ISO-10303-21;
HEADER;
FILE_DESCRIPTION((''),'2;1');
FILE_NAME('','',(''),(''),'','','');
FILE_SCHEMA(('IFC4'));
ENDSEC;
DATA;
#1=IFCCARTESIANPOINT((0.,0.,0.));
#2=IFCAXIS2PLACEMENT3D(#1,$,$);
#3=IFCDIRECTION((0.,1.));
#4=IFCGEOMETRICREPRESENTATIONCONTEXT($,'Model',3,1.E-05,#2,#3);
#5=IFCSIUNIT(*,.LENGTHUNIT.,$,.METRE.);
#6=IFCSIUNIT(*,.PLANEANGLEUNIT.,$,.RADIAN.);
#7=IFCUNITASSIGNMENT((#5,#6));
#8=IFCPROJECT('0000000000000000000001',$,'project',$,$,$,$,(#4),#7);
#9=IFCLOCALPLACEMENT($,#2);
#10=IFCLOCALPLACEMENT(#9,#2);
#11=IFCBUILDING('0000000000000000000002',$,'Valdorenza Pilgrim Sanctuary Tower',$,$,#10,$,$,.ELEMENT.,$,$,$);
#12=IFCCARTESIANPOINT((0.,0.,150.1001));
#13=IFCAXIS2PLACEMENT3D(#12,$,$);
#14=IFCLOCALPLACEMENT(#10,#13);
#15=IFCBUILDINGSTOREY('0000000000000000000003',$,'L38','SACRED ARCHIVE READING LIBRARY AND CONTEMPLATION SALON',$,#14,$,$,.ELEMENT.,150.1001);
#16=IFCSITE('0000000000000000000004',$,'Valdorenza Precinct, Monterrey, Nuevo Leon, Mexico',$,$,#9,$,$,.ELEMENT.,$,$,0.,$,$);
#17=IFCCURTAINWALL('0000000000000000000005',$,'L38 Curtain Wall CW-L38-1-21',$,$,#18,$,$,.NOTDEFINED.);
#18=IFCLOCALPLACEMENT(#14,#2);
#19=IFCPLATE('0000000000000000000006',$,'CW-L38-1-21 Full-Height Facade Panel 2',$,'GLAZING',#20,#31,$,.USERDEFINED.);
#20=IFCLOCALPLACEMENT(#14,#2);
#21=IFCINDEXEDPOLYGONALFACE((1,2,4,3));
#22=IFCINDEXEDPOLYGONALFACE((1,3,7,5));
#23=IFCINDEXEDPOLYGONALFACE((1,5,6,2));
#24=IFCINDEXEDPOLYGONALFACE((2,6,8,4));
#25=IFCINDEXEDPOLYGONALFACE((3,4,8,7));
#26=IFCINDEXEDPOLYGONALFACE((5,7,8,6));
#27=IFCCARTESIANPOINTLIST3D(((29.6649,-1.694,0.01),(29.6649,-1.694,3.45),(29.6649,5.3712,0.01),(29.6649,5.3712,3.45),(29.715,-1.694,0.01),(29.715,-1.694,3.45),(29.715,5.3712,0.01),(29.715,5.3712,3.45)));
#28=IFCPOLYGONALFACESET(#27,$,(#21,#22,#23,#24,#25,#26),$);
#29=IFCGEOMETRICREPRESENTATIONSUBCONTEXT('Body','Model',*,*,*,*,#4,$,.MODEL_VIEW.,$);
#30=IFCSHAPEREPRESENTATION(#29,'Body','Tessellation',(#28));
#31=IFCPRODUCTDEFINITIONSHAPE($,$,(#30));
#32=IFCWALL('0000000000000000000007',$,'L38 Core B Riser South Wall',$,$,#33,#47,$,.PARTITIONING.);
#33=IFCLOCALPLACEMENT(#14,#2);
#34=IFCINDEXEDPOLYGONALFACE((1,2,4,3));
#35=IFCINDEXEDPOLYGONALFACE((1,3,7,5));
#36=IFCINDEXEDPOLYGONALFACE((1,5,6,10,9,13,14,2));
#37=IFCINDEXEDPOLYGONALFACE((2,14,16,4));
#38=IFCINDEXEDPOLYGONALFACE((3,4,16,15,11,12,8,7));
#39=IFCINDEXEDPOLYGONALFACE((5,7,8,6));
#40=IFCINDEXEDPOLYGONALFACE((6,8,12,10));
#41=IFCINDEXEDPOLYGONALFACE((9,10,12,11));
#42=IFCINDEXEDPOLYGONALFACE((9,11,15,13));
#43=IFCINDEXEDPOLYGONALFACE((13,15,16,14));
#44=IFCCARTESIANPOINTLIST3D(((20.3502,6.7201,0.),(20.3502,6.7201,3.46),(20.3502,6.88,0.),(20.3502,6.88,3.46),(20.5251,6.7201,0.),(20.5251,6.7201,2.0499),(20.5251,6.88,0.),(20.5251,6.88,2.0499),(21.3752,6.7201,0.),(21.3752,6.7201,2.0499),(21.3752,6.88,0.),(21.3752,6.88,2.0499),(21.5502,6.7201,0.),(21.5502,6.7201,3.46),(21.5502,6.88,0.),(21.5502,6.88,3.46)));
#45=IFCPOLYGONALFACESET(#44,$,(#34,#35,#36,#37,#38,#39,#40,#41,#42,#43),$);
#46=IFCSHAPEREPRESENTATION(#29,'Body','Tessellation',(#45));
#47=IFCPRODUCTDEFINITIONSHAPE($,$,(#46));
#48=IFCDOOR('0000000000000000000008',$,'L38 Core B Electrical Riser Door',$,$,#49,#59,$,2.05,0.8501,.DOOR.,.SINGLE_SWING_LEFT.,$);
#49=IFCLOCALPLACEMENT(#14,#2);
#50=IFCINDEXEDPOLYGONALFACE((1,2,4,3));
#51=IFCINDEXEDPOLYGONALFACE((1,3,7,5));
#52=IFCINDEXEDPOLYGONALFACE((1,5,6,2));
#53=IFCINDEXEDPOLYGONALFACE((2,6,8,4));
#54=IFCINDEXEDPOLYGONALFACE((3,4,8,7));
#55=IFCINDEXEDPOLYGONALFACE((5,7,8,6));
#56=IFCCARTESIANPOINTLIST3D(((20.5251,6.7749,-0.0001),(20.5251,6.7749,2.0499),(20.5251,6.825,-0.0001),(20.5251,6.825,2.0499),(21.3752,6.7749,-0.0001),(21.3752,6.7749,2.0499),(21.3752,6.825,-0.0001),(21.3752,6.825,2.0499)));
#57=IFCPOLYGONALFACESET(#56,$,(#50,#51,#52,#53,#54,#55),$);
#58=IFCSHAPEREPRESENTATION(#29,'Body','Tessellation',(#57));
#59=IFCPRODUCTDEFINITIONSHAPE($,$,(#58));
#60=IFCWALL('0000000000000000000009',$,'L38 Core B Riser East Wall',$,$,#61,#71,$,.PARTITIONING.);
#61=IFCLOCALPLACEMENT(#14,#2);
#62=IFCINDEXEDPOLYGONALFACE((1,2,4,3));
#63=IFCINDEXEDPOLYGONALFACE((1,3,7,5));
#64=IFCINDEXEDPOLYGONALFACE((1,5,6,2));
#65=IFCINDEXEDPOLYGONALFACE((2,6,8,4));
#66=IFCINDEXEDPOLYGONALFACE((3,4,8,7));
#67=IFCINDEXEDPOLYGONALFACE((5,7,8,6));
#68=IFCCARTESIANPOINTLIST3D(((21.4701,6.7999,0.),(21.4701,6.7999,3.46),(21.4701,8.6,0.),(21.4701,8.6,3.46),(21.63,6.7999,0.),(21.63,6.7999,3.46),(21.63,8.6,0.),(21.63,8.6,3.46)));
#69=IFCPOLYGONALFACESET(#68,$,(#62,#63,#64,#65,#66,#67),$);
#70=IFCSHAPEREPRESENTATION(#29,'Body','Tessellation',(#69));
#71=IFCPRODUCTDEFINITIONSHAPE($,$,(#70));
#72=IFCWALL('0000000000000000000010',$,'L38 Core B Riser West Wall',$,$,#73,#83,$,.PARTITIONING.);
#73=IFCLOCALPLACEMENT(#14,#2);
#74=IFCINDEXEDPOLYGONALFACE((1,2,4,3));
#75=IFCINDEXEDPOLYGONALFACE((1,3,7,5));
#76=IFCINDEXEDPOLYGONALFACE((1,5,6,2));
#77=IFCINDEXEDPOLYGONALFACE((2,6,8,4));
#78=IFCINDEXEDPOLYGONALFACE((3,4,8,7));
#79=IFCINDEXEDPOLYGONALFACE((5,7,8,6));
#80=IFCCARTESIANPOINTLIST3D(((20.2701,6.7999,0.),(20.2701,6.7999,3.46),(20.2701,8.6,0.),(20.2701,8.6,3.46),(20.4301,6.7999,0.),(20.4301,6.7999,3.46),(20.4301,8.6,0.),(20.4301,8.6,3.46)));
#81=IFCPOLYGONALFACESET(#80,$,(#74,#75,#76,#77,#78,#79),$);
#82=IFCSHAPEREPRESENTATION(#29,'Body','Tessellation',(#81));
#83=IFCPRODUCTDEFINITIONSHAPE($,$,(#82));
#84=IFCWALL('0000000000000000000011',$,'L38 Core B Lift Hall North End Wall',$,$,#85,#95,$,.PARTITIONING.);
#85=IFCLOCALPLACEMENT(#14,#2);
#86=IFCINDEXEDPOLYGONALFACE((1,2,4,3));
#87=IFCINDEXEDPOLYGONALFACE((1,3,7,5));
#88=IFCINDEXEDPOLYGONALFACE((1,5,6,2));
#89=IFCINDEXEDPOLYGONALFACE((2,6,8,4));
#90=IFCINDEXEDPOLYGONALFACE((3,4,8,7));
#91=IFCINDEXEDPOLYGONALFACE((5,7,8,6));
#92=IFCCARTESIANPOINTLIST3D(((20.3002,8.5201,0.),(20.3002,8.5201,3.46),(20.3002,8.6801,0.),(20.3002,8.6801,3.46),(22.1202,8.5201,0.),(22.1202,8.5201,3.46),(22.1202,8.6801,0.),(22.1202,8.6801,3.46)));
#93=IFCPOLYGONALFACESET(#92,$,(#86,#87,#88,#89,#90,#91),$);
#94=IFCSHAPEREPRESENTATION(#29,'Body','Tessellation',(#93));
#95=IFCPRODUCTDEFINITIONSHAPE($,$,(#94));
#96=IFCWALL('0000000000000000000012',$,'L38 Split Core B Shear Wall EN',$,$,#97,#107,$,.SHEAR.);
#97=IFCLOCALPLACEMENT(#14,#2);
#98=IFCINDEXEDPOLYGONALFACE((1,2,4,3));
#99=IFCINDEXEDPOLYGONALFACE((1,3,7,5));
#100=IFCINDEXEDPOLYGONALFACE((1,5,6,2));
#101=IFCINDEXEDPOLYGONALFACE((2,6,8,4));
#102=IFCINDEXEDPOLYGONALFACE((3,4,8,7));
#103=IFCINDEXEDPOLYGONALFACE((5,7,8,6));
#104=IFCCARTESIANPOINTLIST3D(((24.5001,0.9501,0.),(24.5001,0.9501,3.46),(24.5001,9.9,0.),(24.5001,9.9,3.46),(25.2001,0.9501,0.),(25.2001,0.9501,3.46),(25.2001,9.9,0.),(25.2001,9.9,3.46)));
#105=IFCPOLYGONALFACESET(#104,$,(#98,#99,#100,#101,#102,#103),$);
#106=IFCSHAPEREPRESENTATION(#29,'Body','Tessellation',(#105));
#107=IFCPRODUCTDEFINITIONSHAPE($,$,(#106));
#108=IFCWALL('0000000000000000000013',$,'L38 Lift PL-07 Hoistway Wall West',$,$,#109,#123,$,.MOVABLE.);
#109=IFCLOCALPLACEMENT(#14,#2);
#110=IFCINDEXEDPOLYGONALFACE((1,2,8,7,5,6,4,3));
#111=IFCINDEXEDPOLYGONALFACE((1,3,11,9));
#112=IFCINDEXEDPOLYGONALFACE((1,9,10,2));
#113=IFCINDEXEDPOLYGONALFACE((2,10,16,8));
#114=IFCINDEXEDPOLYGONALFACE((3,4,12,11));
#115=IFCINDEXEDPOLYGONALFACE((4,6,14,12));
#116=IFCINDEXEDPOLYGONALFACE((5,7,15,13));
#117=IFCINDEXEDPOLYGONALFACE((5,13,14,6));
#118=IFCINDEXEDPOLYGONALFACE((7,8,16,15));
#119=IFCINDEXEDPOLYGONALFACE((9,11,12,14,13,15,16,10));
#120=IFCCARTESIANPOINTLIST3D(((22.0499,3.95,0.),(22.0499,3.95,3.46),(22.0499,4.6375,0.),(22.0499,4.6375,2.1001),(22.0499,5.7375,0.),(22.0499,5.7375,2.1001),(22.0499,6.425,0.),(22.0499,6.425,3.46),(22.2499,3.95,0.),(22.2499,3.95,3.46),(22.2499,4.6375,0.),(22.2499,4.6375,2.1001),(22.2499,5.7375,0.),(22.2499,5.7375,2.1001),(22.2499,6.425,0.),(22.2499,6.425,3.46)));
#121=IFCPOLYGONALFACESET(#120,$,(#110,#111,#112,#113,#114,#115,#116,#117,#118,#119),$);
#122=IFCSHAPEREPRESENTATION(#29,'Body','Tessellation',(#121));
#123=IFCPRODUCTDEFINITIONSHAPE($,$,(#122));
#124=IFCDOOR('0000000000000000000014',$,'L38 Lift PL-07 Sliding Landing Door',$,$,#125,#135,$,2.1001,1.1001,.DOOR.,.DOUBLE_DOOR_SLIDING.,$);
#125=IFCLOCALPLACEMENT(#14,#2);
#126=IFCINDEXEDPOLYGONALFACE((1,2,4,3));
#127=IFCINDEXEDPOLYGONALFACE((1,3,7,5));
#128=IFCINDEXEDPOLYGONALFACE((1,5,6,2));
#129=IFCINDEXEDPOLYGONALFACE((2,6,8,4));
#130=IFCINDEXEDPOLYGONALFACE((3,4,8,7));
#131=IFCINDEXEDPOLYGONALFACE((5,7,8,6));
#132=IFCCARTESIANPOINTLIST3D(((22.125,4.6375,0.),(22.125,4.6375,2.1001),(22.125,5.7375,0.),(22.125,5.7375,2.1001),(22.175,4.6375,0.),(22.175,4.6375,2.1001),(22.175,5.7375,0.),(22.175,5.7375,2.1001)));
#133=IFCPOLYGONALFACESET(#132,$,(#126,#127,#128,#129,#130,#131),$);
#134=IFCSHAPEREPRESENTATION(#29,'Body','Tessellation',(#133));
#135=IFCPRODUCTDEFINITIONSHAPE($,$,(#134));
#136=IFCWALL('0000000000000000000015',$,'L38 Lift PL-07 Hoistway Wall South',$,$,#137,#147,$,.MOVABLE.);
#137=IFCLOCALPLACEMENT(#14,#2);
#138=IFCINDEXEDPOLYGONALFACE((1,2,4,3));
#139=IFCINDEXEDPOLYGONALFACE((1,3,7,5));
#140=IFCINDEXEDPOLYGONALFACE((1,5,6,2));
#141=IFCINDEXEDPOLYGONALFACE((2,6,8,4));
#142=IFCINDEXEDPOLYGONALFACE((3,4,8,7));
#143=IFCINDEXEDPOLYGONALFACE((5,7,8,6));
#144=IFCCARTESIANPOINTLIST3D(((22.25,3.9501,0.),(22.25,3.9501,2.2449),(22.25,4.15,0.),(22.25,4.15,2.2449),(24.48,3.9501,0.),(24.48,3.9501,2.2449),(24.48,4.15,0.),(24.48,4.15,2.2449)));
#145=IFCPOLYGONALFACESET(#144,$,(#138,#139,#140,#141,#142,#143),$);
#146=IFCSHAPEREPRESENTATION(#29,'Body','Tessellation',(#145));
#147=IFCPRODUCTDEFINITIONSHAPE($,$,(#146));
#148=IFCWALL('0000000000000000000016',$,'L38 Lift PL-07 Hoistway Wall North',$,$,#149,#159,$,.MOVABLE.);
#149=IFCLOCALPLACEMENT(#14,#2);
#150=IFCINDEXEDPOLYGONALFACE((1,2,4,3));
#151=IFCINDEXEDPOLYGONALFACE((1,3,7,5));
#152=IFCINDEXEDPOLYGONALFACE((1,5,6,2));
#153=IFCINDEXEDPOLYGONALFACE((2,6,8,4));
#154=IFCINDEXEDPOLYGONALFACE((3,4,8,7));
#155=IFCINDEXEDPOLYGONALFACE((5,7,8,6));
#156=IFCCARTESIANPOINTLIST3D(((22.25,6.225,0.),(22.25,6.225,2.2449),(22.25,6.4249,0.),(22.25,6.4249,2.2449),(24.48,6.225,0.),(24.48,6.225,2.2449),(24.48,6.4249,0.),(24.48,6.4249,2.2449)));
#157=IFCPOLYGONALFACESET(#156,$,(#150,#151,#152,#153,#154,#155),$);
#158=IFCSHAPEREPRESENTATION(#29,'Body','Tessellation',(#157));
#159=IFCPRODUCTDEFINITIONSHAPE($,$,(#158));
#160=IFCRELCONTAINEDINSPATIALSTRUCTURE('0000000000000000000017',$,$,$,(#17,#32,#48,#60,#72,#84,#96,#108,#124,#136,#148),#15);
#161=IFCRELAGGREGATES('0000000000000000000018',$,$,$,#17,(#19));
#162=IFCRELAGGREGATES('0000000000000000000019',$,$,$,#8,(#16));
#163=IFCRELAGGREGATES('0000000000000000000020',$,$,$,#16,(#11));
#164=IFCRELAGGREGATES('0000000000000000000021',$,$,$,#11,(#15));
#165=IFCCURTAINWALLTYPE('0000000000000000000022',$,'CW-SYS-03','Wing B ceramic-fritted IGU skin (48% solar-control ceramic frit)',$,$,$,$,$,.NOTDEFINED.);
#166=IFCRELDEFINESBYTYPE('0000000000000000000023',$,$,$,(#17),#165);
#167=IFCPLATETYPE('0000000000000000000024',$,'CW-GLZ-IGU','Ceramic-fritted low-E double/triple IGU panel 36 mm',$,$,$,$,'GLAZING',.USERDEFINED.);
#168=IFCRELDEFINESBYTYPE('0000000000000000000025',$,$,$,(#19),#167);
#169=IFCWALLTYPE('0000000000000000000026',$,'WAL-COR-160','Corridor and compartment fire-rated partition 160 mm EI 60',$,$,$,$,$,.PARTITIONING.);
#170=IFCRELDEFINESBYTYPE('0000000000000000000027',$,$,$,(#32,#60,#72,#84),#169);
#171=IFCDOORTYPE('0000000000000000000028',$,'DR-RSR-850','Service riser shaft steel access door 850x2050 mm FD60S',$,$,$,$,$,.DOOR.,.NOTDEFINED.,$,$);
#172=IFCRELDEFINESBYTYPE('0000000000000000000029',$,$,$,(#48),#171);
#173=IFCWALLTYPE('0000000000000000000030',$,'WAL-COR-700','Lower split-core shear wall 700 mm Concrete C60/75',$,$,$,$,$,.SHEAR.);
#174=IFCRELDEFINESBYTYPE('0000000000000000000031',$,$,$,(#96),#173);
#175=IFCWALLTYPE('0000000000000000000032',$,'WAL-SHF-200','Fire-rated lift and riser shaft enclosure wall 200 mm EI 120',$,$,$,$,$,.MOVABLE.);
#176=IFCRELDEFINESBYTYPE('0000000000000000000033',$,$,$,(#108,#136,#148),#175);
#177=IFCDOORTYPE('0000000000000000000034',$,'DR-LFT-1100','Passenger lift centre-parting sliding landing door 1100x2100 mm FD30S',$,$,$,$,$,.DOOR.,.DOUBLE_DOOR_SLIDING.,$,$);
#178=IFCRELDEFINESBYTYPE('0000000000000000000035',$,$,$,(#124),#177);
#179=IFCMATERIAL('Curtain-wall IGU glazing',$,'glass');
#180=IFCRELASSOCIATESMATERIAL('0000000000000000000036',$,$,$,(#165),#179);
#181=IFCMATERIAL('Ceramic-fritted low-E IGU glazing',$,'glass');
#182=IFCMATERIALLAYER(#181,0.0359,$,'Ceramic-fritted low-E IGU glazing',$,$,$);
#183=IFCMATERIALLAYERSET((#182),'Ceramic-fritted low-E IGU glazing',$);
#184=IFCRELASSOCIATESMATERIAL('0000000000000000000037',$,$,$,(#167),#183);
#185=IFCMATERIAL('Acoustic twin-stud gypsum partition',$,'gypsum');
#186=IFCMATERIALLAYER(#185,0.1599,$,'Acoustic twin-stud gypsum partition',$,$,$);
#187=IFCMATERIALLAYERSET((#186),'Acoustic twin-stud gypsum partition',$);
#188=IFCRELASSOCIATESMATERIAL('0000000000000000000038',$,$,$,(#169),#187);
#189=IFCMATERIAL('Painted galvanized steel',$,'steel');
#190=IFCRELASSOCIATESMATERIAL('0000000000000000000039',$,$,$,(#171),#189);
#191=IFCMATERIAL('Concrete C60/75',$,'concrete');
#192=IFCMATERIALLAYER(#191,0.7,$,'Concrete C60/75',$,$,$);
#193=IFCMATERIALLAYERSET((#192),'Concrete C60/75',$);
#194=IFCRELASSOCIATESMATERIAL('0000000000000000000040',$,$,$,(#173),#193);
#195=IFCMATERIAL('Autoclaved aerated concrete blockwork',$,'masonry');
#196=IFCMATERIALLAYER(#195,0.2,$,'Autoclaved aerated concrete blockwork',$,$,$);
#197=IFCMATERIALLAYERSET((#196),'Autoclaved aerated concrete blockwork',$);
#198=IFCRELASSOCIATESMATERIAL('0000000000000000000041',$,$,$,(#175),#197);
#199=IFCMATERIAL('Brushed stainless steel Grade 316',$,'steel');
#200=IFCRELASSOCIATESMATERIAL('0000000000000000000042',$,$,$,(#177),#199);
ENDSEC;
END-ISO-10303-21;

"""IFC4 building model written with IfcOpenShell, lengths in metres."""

from ifc_helpers import new_model, si_unit, direction, frame, frame_2d, origin, origin_2d, place, context, subcontext, project, spatial, rectangle, extrude, source, transform, mapped, material, layer, layer_set, type_object, element, fill, aggregate, save


model = new_model("IFC4")

# Units and contexts
model_context = context("Model", 3, precision=1e-05, world=origin(), true_north=direction((0.0, 1.0)))
body_context = subcontext(model_context, "Body", "Model", "MODEL_VIEW")
ifc_project = project(units=[si_unit("LENGTHUNIT", "METRE"), si_unit("PLANEANGLEUNIT", "RADIAN")], contexts=[model_context])

# Site, building, storey
site_placement = place(None, origin())
site = spatial("IfcSite", under=ifc_project, at=site_placement, Name="Valdorenza Precinct, Monterrey, Nuevo Leon, Mexico", CompositionType="ELEMENT", RefElevation=0.0)
building_placement = place(site_placement, origin())
building = spatial("IfcBuilding", under=site, at=building_placement, Name="Valdorenza Pilgrim Sanctuary Tower", CompositionType="ELEMENT")
storey_placement = place(building_placement, frame((0.0, 0.0, 150.1001)))
storey = spatial("IfcBuildingStorey", under=building, at=storey_placement, Name="L38", Description="SACRED ARCHIVE READING LIBRARY AND CONTEMPLATION SALON", CompositionType="ELEMENT", Elevation=150.1001)

# Curtain wall, plate
ifc_material_1 = material(Name="Curtain-wall IGU glazing", Category="glass")
curtain_wall_type = type_object("IfcCurtainWallType", Name="CW-SYS-03", Description="Wing B ceramic-fritted IGU skin (48% solar-control ceramic frit)", PredefinedType="NOTDEFINED", material=ifc_material_1)
curtain_wall_placement = place(storey_placement, origin())
curtain_wall = element("IfcCurtainWall", 1, at=curtain_wall_placement, inside=storey, type_object=curtain_wall_type, Name="L38 Curtain Wall CW-L38-1-21", PredefinedType="NOTDEFINED")
ifc_material_2 = material(Name="Ceramic-fritted low-E IGU glazing", Category="glass")
ifc_layer_1 = layer(ifc_material_2, 0.0359, Name="Ceramic-fritted low-E IGU glazing")
ifc_layer_set_1 = layer_set([ifc_layer_1], Name="Ceramic-fritted low-E IGU glazing")
plate_type_1 = type_object("IfcPlateType", Name="CW-GLZ-IGU", Description="Ceramic-fritted low-E double/triple IGU panel 36 mm", ElementType="GLAZING", PredefinedType="USERDEFINED", material=ifc_layer_set_1)
shared_shape_1 = source(origin(), body_context, "Body", "SweptSolid", [
    extrude(rectangle(XDim=7.0652, YDim=0.05, at=origin_2d()), origin(), (0.0, 0.0, 1.0), 3.4399),
])
plate_1_placement = place(storey_placement, frame((29.6899, 1.8386, 0.01), z_axis=(0.0, 0.0, 1.0), x_axis=(0.0, -1.0, 0.0)))
plate_1 = element("IfcPlate", 2, at=plate_1_placement, type_object=plate_type_1, Name="CW-L38-1-21 Full-Height Facade Panel 2", ObjectType="GLAZING", PredefinedType="USERDEFINED", context=body_context, shape_type="MappedRepresentation", body=[
    mapped(shared_shape_1, transform((0.0, 0.0, 0.0), x_axis=(1.0, 0.0, 0.0), y_axis=(0.0, 1.0, 0.0), z_axis=(0.0, 0.0, 1.0), scale=1.0)),
])
aggregate(curtain_wall, [plate_1])

# Wall, opening, door
ifc_material_3 = material(Name="Acoustic twin-stud gypsum partition", Category="gypsum")
ifc_layer_2 = layer(ifc_material_3, 0.1599, Name="Acoustic twin-stud gypsum partition")
ifc_layer_set_2 = layer_set([ifc_layer_2], Name="Acoustic twin-stud gypsum partition")
wall_type_1 = type_object("IfcWallType", Name="WAL-COR-160", Description="Corridor and compartment fire-rated partition 160 mm EI 60", PredefinedType="PARTITIONING", material=ifc_layer_set_2)
wall_1_placement = place(storey_placement, frame((20.3501, 6.8, 0.0), z_axis=(0.0, 0.0, 1.0), x_axis=(1.0, 0.0, 0.0)))
wall_1 = element("IfcWall", 3, at=wall_1_placement, inside=storey, type_object=wall_type_1, Name="L38 Core B Riser South Wall", PredefinedType="PARTITIONING", context=body_context, shape_type="SweptSolid", body=[
    extrude(rectangle(XDim=1.2, YDim=0.1599, at=frame_2d((0.6001, 0.0))), origin(), (0.0, 0.0, 1.0), 3.46),
])
opening_1_placement = place(wall_1_placement, frame((0.175, 0.0, 0.0)))
opening_1 = element("IfcOpeningElement", 4, at=opening_1_placement, cuts=wall_1, PredefinedType="OPENING", context=body_context, shape_type="SweptSolid", body=[
    extrude(rectangle(XDim=0.8501, YDim=2.05, at=frame_2d((0.425, 1.0249))), frame((0.0, 0.0947, 0.0), z_axis=(0.0, -1.0, 0.0), x_axis=(1.0, 0.0, 0.0)), (0.0, 0.0, 1.0), 0.1897),
])
ifc_material_4 = material(Name="Painted galvanized steel", Category="steel")
door_type_1 = type_object("IfcDoorType", Name="DR-RSR-850", Description="Service riser shaft steel access door 850x2050 mm FD60S", OperationType="NOTDEFINED", PredefinedType="DOOR", material=ifc_material_4)
door_1_placement = place(opening_1_placement, origin())
door_1 = element("IfcDoor", 5, at=door_1_placement, inside=storey, type_object=door_type_1, Name="L38 Core B Electrical Riser Door", OperationType="SINGLE_SWING_LEFT", OverallHeight=2.05, OverallWidth=0.8501, PredefinedType="DOOR", context=body_context, shape_type="SweptSolid", body=[
    extrude(rectangle(XDim=0.8501, YDim=2.05, at=frame_2d((0.425, 1.0249))), frame((0.0, 0.0249, 0.0), z_axis=(0.0, -1.0, 0.0), x_axis=(1.0, 0.0, 0.0)), (0.0, 0.0, 1.0), 0.05),
])
fill(opening_1, door_1)

# Walls
for number, where, z_axis, x_axis, name in (
    (6, (21.55, 6.8, 0.0), (0.0, 0.0, 1.0), (0.0, 1.0, 0.0), "L38 Core B Riser East Wall"),
    (7, (20.3501, 6.8, 0.0), (0.0, 0.0, 1.0), (0.0, 1.0, 0.0), "L38 Core B Riser West Wall"),
):
    element("IfcWall", number, at=place(storey_placement, frame(where, z_axis=z_axis, x_axis=x_axis)), inside=storey, type_object=wall_type_1, Name=name, PredefinedType="PARTITIONING", context=body_context, shape_type="SweptSolid", body=[
        extrude(rectangle(XDim=1.8, YDim=0.1599, at=frame_2d((0.8999, 0.0))), origin(), (0.0, 0.0, 1.0), 3.46),
    ])
wall_2_placement = place(storey_placement, frame((20.3, 8.6001, 0.0), z_axis=(0.0, 0.0, 1.0), x_axis=(1.0, 0.0, 0.0)))
element("IfcWall", 8, at=wall_2_placement, inside=storey, type_object=wall_type_1, Name="L38 Core B Lift Hall North End Wall", PredefinedType="PARTITIONING", context=body_context, shape_type="SweptSolid", body=[
    extrude(rectangle(XDim=1.8201, YDim=0.1599, at=frame_2d((0.9102, 0.0))), origin(), (0.0, 0.0, 1.0), 3.46),
])
ifc_material_5 = material(Name="Concrete C60/75", Category="concrete")
ifc_layer_3 = layer(ifc_material_5, 0.7, Name="Concrete C60/75")
ifc_layer_set_3 = layer_set([ifc_layer_3], Name="Concrete C60/75")
wall_type_2 = type_object("IfcWallType", Name="WAL-COR-700", Description="Lower split-core shear wall 700 mm Concrete C60/75", PredefinedType="SHEAR", material=ifc_layer_set_3)
wall_3_placement = place(storey_placement, frame((24.8501, 0.95, 0.0), z_axis=(0.0, 0.0, 1.0), x_axis=(0.0, 1.0, 0.0)))
element("IfcWall", 9, at=wall_3_placement, inside=storey, type_object=wall_type_2, Name="L38 Split Core B Shear Wall EN", PredefinedType="SHEAR", context=body_context, shape_type="SweptSolid", body=[
    extrude(rectangle(XDim=8.95, YDim=0.7, at=frame_2d((4.4751, 0.0))), origin(), (0.0, 0.0, 1.0), 3.46),
])

# Wall, opening, door
ifc_material_6 = material(Name="Autoclaved aerated concrete blockwork", Category="masonry")
ifc_layer_4 = layer(ifc_material_6, 0.2, Name="Autoclaved aerated concrete blockwork")
ifc_layer_set_4 = layer_set([ifc_layer_4], Name="Autoclaved aerated concrete blockwork")
wall_type_3 = type_object("IfcWallType", Name="WAL-SHF-200", Description="Fire-rated lift and riser shaft enclosure wall 200 mm EI 120", PredefinedType="MOVABLE", material=ifc_layer_set_4)
wall_4_placement = place(storey_placement, frame((22.1499, 3.95, 0.0), z_axis=(0.0, 0.0, 1.0), x_axis=(0.0, 1.0, 0.0)))
wall_4 = element("IfcWall", 10, at=wall_4_placement, inside=storey, type_object=wall_type_3, Name="L38 Lift PL-07 Hoistway Wall West", PredefinedType="MOVABLE", context=body_context, shape_type="SweptSolid", body=[
    extrude(rectangle(XDim=2.4751, YDim=0.2, at=frame_2d((1.2375, 0.0))), origin(), (0.0, 0.0, 1.0), 3.46),
])
opening_2_placement = place(wall_4_placement, frame((0.6875, 0.0, 0.0)))
opening_2 = element("IfcOpeningElement", 11, at=opening_2_placement, cuts=wall_4, PredefinedType="OPENING", context=body_context, shape_type="SweptSolid", body=[
    extrude(rectangle(XDim=1.1001, YDim=2.1001, at=frame_2d((0.55, 1.05))), frame((0.0, 0.1147, 0.0), z_axis=(0.0, -1.0, 0.0), x_axis=(1.0, 0.0, 0.0)), (0.0, 0.0, 1.0), 0.2297),
])
ifc_material_7 = material(Name="Brushed stainless steel Grade 316", Category="steel")
door_type_2 = type_object("IfcDoorType", Name="DR-LFT-1100", Description="Passenger lift centre-parting sliding landing door 1100x2100 mm FD30S", OperationType="DOUBLE_DOOR_SLIDING", PredefinedType="DOOR", material=ifc_material_7)
door_2_placement = place(opening_2_placement, origin())
door_2 = element("IfcDoor", 12, at=door_2_placement, inside=storey, type_object=door_type_2, Name="L38 Lift PL-07 Sliding Landing Door", OperationType="DOUBLE_DOOR_SLIDING", OverallHeight=2.1001, OverallWidth=1.1001, PredefinedType="DOOR", context=body_context, shape_type="SweptSolid", body=[
    extrude(rectangle(XDim=1.1001, YDim=2.1001, at=frame_2d((0.55, 1.05))), frame((0.0, 0.0249, 0.0), z_axis=(0.0, -1.0, 0.0), x_axis=(1.0, 0.0, 0.0)), (0.0, 0.0, 1.0), 0.05),
])
fill(opening_2, door_2)

# Walls
for number, where, z_axis, x_axis, name in (
    (13, (22.25, 4.05, 0.0), (0.0, 0.0, 1.0), (1.0, 0.0, 0.0), "L38 Lift PL-07 Hoistway Wall South"),
    (14, (22.25, 6.325, 0.0), (0.0, 0.0, 1.0), (1.0, 0.0, 0.0), "L38 Lift PL-07 Hoistway Wall North"),
):
    element("IfcWall", number, at=place(storey_placement, frame(where, z_axis=z_axis, x_axis=x_axis)), inside=storey, type_object=wall_type_3, Name=name, PredefinedType="MOVABLE", context=body_context, shape_type="SweptSolid", body=[
        extrude(rectangle(XDim=2.23, YDim=0.2, at=frame_2d((1.115, 0.0))), origin(), (0.0, 0.0, 1.0), 2.2449),
    ])

save(model, "model.ifc")
